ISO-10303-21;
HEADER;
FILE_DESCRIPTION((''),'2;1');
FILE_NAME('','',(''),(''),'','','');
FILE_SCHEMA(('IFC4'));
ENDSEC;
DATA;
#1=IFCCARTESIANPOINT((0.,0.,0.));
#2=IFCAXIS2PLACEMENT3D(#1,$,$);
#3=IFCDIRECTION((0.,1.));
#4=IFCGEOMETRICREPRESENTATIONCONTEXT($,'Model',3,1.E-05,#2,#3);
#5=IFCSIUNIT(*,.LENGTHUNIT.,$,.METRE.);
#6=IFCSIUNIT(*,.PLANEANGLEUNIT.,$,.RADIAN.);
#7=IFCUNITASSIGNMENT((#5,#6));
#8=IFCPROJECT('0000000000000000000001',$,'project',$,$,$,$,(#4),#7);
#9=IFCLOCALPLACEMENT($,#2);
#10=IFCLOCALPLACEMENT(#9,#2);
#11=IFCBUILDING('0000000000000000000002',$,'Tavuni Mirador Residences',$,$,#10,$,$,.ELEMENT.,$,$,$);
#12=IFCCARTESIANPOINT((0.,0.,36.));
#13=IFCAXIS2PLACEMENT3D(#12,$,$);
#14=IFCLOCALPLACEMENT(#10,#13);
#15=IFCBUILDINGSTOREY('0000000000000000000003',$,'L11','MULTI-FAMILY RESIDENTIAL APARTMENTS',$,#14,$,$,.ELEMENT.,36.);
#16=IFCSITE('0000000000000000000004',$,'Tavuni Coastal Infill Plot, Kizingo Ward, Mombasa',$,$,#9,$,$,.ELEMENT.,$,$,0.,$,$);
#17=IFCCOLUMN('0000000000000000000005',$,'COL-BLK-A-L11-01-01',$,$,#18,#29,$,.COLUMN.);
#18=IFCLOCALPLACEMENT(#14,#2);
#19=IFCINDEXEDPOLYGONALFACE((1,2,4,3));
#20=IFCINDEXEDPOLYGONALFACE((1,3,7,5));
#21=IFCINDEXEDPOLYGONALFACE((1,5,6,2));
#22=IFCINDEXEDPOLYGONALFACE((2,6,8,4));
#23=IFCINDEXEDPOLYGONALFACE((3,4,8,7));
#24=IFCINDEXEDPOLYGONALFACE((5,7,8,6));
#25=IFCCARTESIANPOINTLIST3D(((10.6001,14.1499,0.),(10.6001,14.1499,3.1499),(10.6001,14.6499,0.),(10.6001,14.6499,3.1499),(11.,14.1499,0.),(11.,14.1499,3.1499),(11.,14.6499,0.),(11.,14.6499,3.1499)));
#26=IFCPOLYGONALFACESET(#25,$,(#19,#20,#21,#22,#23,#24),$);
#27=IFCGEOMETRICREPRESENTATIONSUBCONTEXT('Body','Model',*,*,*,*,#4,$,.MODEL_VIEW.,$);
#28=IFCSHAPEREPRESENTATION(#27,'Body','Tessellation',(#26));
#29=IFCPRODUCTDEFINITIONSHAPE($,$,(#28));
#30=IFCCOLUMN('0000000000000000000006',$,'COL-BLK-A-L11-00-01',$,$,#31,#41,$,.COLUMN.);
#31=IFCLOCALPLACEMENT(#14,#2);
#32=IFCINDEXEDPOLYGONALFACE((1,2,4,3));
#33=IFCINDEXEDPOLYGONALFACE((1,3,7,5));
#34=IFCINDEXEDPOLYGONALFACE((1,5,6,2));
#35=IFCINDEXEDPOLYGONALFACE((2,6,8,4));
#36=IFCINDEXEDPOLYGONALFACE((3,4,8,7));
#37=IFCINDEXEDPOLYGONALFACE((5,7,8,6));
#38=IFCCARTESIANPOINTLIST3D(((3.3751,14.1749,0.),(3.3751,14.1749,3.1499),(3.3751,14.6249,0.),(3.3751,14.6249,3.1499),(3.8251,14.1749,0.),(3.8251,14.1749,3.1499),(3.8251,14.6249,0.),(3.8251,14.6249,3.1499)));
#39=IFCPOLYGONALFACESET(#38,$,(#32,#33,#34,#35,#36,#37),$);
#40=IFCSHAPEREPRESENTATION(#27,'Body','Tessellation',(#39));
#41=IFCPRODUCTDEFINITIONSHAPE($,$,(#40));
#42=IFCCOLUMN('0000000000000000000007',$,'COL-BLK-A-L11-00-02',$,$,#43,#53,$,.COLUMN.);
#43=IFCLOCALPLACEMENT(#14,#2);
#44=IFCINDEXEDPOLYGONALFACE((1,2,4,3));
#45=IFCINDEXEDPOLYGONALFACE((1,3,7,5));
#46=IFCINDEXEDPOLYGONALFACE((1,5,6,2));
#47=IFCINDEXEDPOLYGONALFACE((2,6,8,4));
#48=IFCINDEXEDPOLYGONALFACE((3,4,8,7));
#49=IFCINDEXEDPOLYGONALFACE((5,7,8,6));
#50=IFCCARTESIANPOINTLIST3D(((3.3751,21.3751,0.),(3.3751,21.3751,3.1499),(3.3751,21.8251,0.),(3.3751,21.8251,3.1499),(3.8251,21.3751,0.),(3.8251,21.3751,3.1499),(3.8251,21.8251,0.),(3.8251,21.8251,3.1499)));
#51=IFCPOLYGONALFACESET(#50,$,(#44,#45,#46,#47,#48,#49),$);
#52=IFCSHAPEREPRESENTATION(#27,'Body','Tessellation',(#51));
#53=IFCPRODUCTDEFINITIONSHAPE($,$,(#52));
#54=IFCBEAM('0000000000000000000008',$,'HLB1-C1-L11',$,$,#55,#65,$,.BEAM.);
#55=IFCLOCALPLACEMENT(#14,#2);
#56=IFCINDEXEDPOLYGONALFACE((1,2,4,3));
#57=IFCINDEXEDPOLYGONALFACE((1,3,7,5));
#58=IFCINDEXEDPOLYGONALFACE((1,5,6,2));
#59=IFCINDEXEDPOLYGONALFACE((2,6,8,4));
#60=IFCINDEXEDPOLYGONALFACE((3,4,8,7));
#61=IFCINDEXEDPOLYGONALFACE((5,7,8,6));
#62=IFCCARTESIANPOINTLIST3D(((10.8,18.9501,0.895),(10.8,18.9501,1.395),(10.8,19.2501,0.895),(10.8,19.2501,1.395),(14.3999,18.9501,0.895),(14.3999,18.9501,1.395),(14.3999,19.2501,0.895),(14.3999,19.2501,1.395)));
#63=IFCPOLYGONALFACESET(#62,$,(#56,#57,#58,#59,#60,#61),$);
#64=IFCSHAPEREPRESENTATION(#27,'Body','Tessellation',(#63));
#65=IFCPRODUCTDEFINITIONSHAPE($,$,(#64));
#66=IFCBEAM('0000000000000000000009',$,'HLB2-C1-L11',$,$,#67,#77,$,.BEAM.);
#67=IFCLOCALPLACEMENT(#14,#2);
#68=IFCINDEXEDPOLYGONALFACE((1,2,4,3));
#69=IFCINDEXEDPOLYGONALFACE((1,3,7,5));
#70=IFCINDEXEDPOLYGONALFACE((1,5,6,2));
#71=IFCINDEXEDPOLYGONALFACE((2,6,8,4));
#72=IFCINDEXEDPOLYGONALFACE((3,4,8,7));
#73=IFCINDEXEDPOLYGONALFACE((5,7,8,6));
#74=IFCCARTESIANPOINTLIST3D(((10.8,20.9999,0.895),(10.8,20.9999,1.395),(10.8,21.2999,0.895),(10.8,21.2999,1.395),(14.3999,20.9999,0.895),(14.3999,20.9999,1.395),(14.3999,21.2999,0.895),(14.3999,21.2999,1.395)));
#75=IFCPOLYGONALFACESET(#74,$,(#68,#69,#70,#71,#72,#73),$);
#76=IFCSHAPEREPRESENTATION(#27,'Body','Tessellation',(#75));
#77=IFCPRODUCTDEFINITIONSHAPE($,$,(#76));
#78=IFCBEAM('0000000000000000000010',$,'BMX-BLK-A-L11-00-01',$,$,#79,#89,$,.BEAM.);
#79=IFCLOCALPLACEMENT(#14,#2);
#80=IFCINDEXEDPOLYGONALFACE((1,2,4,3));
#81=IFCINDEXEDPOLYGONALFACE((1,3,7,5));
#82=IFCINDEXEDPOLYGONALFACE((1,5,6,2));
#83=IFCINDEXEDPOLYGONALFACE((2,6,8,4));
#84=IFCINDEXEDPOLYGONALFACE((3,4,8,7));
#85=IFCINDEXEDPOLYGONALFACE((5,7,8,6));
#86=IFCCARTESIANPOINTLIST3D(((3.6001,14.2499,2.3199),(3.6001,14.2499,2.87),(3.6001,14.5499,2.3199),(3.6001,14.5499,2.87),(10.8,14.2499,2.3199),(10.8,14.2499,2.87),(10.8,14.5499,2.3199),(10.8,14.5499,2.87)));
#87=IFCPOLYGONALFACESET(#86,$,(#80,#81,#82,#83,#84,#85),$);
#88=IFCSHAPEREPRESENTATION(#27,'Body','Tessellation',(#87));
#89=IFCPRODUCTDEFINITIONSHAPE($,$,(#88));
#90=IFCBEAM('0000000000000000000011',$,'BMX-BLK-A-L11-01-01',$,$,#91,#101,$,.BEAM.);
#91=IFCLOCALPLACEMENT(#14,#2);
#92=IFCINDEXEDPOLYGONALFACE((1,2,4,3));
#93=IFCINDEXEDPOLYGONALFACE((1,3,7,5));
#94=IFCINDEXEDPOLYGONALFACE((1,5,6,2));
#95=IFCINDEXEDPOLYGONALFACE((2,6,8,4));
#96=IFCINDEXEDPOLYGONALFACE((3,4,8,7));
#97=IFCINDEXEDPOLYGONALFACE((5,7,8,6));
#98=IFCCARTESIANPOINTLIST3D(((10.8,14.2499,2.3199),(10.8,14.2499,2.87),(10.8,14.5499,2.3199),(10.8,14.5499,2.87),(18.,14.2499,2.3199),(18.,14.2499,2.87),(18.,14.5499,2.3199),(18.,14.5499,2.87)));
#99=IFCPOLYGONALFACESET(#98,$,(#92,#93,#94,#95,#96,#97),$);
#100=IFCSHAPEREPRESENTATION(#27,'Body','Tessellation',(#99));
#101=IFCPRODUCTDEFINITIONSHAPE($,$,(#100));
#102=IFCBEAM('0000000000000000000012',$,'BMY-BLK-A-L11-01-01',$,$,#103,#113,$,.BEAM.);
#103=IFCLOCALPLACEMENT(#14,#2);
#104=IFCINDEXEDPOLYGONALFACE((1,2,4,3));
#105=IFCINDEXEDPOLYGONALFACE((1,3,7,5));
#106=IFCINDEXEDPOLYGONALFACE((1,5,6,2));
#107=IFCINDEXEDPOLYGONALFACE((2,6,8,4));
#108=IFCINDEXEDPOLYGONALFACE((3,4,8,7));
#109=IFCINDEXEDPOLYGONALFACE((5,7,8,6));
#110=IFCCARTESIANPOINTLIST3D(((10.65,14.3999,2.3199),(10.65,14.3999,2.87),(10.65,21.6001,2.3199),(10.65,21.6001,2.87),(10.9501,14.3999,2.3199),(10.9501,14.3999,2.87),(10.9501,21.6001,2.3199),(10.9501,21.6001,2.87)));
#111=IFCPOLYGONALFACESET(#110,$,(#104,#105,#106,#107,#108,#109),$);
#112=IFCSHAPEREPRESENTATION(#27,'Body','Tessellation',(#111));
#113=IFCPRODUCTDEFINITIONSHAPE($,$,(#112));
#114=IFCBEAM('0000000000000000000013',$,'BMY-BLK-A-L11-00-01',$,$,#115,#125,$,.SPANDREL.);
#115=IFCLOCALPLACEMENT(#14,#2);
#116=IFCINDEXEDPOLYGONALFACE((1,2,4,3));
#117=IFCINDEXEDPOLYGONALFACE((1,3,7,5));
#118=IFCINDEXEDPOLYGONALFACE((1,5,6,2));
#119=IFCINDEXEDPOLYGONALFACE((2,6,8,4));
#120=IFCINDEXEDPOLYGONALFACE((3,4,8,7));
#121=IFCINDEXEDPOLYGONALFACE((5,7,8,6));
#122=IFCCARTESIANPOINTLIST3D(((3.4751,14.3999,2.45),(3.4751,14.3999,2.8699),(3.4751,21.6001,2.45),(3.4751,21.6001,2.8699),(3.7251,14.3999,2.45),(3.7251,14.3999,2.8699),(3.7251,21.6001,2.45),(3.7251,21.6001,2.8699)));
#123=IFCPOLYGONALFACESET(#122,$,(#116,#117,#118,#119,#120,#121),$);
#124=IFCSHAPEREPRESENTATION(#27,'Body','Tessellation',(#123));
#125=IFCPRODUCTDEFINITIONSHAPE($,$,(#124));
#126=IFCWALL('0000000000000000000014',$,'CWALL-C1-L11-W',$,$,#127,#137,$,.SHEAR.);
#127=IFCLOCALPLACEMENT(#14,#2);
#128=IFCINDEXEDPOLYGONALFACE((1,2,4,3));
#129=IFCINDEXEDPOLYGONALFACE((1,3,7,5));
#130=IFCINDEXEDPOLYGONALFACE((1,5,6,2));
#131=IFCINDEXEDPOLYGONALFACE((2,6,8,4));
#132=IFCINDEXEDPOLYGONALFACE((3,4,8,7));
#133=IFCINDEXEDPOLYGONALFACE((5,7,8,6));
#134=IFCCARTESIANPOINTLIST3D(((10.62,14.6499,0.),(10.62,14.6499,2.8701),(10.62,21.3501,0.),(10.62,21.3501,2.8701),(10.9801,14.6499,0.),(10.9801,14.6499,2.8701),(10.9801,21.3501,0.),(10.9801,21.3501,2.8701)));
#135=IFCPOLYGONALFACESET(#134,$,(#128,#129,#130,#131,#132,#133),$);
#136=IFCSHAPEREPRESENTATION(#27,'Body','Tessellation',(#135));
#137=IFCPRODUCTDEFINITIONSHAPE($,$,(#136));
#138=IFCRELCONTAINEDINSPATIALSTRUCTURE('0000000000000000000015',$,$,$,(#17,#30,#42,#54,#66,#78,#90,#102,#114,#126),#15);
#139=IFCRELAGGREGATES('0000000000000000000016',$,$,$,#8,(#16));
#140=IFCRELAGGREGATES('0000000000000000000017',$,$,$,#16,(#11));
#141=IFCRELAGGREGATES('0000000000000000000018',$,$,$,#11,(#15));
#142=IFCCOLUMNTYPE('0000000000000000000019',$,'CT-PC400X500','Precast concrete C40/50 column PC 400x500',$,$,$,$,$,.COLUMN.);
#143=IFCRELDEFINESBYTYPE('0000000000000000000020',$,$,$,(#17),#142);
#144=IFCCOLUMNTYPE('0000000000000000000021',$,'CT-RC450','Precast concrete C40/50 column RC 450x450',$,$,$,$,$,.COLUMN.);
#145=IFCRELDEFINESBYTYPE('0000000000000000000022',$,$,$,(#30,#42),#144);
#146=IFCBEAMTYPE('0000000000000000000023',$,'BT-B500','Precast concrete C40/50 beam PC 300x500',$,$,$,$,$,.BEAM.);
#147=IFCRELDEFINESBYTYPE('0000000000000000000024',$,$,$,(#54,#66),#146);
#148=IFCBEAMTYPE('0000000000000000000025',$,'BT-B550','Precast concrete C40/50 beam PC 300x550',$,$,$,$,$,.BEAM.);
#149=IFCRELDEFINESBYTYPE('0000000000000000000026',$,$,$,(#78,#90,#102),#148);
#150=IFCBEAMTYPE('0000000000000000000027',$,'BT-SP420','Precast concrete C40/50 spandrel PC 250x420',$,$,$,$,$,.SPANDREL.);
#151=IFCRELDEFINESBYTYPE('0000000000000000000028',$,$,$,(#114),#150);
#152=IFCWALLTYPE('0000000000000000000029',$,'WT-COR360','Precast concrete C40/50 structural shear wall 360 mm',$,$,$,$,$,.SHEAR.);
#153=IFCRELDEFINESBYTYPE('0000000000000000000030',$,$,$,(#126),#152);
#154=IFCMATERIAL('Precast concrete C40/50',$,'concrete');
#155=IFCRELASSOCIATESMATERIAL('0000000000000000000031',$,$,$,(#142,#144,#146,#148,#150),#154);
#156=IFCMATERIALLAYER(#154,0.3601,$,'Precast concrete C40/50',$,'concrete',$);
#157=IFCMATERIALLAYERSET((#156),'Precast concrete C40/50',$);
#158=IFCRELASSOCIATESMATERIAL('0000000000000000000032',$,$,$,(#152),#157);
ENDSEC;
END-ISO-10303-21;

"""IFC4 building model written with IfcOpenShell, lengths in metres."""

from ifc_helpers import new_model, si_unit, direction, frame, frame_2d, origin, origin_2d, place, context, subcontext, project, spatial, rectangle, extrude, material, layer, layer_set, material_profile, profile_set, type_object, element, save


model = new_model("IFC4")

# Units and contexts
model_context = context("Model", 3, precision=1e-05, world=origin(), true_north=direction((0.0, 1.0)))
body_context = subcontext(model_context, "Body", "Model", "MODEL_VIEW")
ifc_project = project(units=[si_unit("LENGTHUNIT", "METRE"), si_unit("PLANEANGLEUNIT", "RADIAN")], contexts=[model_context])

# Site, building, storey
site_placement = place(None, origin())
site = spatial("IfcSite", under=ifc_project, at=site_placement, Name="Tavuni Coastal Infill Plot, Kizingo Ward, Mombasa", CompositionType="ELEMENT", RefElevation=0.0)
building_placement = place(site_placement, origin())
building = spatial("IfcBuilding", under=site, at=building_placement, Name="Tavuni Mirador Residences", CompositionType="ELEMENT")
storey_placement = place(building_placement, frame((0.0, 0.0, 36.0)))
storey = spatial("IfcBuildingStorey", under=building, at=storey_placement, Name="L11", Description="MULTI-FAMILY RESIDENTIAL APARTMENTS", CompositionType="ELEMENT", Elevation=36.0)

# Columns
ifc_material_1 = material(Name="Precast concrete C40/50", Category="concrete")
ifc_material_profile_1 = material_profile(ifc_material_1, rectangle(XDim=0.3999, YDim=0.5, at=origin_2d()), Name="PC 400x500", Category="concrete")
ifc_profile_set_1 = profile_set([ifc_material_profile_1], Name="Precast concrete C40/50")
column_type_1 = type_object("IfcColumnType", Name="CT-PC400X500", Description="Precast concrete C40/50 column PC 400x500", PredefinedType="COLUMN", material=ifc_profile_set_1)
column_placement = place(storey_placement, frame((10.8, 14.3999, 0.0), z_axis=(0.0, 0.0, 1.0), x_axis=(1.0, 0.0, 0.0)))
element("IfcColumn", 1, at=column_placement, inside=storey, type_object=column_type_1, Name="COL-BLK-A-L11-01-01", PredefinedType="COLUMN", context=body_context, shape_type="SweptSolid", body=[
    extrude(rectangle(XDim=0.3999, YDim=0.5, at=origin_2d()), origin(), (0.0, 0.0, 1.0), 3.1499),
])
ifc_material_profile_2 = material_profile(ifc_material_1, rectangle(XDim=0.45, YDim=0.45, at=origin_2d()), Name="RC 450x450", Category="concrete")
ifc_profile_set_2 = profile_set([ifc_material_profile_2], Name="Precast concrete C40/50")
column_type_2 = type_object("IfcColumnType", Name="CT-RC450", Description="Precast concrete C40/50 column RC 450x450", PredefinedType="COLUMN", material=ifc_profile_set_2)
for number, where, z_axis, x_axis, name in (
    (2, (3.6001, 14.3999, 0.0), (0.0, 0.0, 1.0), (1.0, 0.0, 0.0), "COL-BLK-A-L11-00-01"),
    (3, (3.6001, 21.6001, 0.0), (0.0, 0.0, 1.0), (1.0, 0.0, 0.0), "COL-BLK-A-L11-00-02"),
):
    element("IfcColumn", number, at=place(storey_placement, frame(where, z_axis=z_axis, x_axis=x_axis)), inside=storey, type_object=column_type_2, Name=name, PredefinedType="COLUMN", context=body_context, shape_type="SweptSolid", body=[
        extrude(rectangle(XDim=0.45, YDim=0.45, at=origin_2d()), origin(), (0.0, 0.0, 1.0), 3.1499),
    ])

# Beams
ifc_material_profile_3 = material_profile(ifc_material_1, rectangle(XDim=0.3, YDim=0.5, at=origin_2d()), Name="PC 300x500", Category="concrete")
ifc_profile_set_3 = profile_set([ifc_material_profile_3], Name="Precast concrete C40/50")
beam_type_1 = type_object("IfcBeamType", Name="BT-B500", Description="Precast concrete C40/50 beam PC 300x500", PredefinedType="BEAM", material=ifc_profile_set_3)
for number, where, z_axis, x_axis, name in (
    (4, (10.8, 19.1001, 1.145), (1.0, 0.0, 0.0), (0.0, 1.0, 0.0), "HLB1-C1-L11"),
    (5, (10.8, 21.1499, 1.145), (1.0, 0.0, 0.0), (0.0, 1.0, 0.0), "HLB2-C1-L11"),
):
    element("IfcBeam", number, at=place(storey_placement, frame(where, z_axis=z_axis, x_axis=x_axis)), inside=storey, type_object=beam_type_1, Name=name, PredefinedType="BEAM", context=body_context, shape_type="SweptSolid", body=[
        extrude(rectangle(XDim=0.3, YDim=0.5, at=origin_2d()), origin(), (0.0, 0.0, 1.0), 3.5999),
    ])
ifc_material_profile_4 = material_profile(ifc_material_1, rectangle(XDim=0.3, YDim=0.55, at=origin_2d()), Name="PC 300x550", Category="concrete")
ifc_profile_set_4 = profile_set([ifc_material_profile_4], Name="Precast concrete C40/50")
beam_type_2 = type_object("IfcBeamType", Name="BT-B550", Description="Precast concrete C40/50 beam PC 300x550", PredefinedType="BEAM", material=ifc_profile_set_4)
for number, where, z_axis, x_axis, name in (
    (6, (3.6001, 14.3999, 2.595), (1.0, 0.0, 0.0), (0.0, 1.0, 0.0), "BMX-BLK-A-L11-00-01"),
    (7, (10.8, 14.3999, 2.595), (1.0, 0.0, 0.0), (0.0, 1.0, 0.0), "BMX-BLK-A-L11-01-01"),
):
    element("IfcBeam", number, at=place(storey_placement, frame(where, z_axis=z_axis, x_axis=x_axis)), inside=storey, type_object=beam_type_2, Name=name, PredefinedType="BEAM", context=body_context, shape_type="SweptSolid", body=[
        extrude(rectangle(XDim=0.3, YDim=0.55, at=origin_2d()), origin(), (0.0, 0.0, 1.0), 7.2),
    ])
beam_1_placement = place(storey_placement, frame((10.8, 14.3999, 2.595), z_axis=(0.0, 1.0, 0.0), x_axis=(-1.0, 0.0, 0.0)))
element("IfcBeam", 8, at=beam_1_placement, inside=storey, type_object=beam_type_2, Name="BMY-BLK-A-L11-01-01", PredefinedType="BEAM", context=body_context, shape_type="SweptSolid", body=[
    extrude(rectangle(XDim=0.3, YDim=0.55, at=origin_2d()), origin(), (0.0, 0.0, 1.0), 7.2002),
])
ifc_material_profile_5 = material_profile(ifc_material_1, rectangle(XDim=0.25, YDim=0.4199, at=origin_2d()), Name="PC 250x420", Category="concrete")
ifc_profile_set_5 = profile_set([ifc_material_profile_5], Name="Precast concrete C40/50")
beam_type_3 = type_object("IfcBeamType", Name="BT-SP420", Description="Precast concrete C40/50 spandrel PC 250x420", PredefinedType="SPANDREL", material=ifc_profile_set_5)
beam_2_placement = place(storey_placement, frame((3.6001, 14.3999, 2.6599), z_axis=(0.0, 1.0, 0.0), x_axis=(-1.0, 0.0, 0.0)))
element("IfcBeam", 9, at=beam_2_placement, inside=storey, type_object=beam_type_3, Name="BMY-BLK-A-L11-00-01", PredefinedType="SPANDREL", context=body_context, shape_type="SweptSolid", body=[
    extrude(rectangle(XDim=0.25, YDim=0.4199, at=origin_2d()), origin(), (0.0, 0.0, 1.0), 7.2002),
])

# Wall
ifc_layer_1 = layer(ifc_material_1, 0.3601, Name="Precast concrete C40/50", Category="concrete")
ifc_layer_set_1 = layer_set([ifc_layer_1], Name="Precast concrete C40/50")
wall_type_1 = type_object("IfcWallType", Name="WT-COR360", Description="Precast concrete C40/50 structural shear wall 360 mm", PredefinedType="SHEAR", material=ifc_layer_set_1)
wall_1_placement = place(storey_placement, frame((10.8, 14.6499, 0.0), z_axis=(0.0, 0.0, 1.0), x_axis=(0.0, 1.0, 0.0)))
element("IfcWall", 10, at=wall_1_placement, inside=storey, type_object=wall_type_1, Name="CWALL-C1-L11-W", PredefinedType="SHEAR", context=body_context, shape_type="SweptSolid", body=[
    extrude(rectangle(XDim=6.7002, YDim=0.3601, at=frame_2d((3.3501, 0.0))), origin(), (0.0, 0.0, 1.0), 2.8701),
])

save(model, "model.ifc")
